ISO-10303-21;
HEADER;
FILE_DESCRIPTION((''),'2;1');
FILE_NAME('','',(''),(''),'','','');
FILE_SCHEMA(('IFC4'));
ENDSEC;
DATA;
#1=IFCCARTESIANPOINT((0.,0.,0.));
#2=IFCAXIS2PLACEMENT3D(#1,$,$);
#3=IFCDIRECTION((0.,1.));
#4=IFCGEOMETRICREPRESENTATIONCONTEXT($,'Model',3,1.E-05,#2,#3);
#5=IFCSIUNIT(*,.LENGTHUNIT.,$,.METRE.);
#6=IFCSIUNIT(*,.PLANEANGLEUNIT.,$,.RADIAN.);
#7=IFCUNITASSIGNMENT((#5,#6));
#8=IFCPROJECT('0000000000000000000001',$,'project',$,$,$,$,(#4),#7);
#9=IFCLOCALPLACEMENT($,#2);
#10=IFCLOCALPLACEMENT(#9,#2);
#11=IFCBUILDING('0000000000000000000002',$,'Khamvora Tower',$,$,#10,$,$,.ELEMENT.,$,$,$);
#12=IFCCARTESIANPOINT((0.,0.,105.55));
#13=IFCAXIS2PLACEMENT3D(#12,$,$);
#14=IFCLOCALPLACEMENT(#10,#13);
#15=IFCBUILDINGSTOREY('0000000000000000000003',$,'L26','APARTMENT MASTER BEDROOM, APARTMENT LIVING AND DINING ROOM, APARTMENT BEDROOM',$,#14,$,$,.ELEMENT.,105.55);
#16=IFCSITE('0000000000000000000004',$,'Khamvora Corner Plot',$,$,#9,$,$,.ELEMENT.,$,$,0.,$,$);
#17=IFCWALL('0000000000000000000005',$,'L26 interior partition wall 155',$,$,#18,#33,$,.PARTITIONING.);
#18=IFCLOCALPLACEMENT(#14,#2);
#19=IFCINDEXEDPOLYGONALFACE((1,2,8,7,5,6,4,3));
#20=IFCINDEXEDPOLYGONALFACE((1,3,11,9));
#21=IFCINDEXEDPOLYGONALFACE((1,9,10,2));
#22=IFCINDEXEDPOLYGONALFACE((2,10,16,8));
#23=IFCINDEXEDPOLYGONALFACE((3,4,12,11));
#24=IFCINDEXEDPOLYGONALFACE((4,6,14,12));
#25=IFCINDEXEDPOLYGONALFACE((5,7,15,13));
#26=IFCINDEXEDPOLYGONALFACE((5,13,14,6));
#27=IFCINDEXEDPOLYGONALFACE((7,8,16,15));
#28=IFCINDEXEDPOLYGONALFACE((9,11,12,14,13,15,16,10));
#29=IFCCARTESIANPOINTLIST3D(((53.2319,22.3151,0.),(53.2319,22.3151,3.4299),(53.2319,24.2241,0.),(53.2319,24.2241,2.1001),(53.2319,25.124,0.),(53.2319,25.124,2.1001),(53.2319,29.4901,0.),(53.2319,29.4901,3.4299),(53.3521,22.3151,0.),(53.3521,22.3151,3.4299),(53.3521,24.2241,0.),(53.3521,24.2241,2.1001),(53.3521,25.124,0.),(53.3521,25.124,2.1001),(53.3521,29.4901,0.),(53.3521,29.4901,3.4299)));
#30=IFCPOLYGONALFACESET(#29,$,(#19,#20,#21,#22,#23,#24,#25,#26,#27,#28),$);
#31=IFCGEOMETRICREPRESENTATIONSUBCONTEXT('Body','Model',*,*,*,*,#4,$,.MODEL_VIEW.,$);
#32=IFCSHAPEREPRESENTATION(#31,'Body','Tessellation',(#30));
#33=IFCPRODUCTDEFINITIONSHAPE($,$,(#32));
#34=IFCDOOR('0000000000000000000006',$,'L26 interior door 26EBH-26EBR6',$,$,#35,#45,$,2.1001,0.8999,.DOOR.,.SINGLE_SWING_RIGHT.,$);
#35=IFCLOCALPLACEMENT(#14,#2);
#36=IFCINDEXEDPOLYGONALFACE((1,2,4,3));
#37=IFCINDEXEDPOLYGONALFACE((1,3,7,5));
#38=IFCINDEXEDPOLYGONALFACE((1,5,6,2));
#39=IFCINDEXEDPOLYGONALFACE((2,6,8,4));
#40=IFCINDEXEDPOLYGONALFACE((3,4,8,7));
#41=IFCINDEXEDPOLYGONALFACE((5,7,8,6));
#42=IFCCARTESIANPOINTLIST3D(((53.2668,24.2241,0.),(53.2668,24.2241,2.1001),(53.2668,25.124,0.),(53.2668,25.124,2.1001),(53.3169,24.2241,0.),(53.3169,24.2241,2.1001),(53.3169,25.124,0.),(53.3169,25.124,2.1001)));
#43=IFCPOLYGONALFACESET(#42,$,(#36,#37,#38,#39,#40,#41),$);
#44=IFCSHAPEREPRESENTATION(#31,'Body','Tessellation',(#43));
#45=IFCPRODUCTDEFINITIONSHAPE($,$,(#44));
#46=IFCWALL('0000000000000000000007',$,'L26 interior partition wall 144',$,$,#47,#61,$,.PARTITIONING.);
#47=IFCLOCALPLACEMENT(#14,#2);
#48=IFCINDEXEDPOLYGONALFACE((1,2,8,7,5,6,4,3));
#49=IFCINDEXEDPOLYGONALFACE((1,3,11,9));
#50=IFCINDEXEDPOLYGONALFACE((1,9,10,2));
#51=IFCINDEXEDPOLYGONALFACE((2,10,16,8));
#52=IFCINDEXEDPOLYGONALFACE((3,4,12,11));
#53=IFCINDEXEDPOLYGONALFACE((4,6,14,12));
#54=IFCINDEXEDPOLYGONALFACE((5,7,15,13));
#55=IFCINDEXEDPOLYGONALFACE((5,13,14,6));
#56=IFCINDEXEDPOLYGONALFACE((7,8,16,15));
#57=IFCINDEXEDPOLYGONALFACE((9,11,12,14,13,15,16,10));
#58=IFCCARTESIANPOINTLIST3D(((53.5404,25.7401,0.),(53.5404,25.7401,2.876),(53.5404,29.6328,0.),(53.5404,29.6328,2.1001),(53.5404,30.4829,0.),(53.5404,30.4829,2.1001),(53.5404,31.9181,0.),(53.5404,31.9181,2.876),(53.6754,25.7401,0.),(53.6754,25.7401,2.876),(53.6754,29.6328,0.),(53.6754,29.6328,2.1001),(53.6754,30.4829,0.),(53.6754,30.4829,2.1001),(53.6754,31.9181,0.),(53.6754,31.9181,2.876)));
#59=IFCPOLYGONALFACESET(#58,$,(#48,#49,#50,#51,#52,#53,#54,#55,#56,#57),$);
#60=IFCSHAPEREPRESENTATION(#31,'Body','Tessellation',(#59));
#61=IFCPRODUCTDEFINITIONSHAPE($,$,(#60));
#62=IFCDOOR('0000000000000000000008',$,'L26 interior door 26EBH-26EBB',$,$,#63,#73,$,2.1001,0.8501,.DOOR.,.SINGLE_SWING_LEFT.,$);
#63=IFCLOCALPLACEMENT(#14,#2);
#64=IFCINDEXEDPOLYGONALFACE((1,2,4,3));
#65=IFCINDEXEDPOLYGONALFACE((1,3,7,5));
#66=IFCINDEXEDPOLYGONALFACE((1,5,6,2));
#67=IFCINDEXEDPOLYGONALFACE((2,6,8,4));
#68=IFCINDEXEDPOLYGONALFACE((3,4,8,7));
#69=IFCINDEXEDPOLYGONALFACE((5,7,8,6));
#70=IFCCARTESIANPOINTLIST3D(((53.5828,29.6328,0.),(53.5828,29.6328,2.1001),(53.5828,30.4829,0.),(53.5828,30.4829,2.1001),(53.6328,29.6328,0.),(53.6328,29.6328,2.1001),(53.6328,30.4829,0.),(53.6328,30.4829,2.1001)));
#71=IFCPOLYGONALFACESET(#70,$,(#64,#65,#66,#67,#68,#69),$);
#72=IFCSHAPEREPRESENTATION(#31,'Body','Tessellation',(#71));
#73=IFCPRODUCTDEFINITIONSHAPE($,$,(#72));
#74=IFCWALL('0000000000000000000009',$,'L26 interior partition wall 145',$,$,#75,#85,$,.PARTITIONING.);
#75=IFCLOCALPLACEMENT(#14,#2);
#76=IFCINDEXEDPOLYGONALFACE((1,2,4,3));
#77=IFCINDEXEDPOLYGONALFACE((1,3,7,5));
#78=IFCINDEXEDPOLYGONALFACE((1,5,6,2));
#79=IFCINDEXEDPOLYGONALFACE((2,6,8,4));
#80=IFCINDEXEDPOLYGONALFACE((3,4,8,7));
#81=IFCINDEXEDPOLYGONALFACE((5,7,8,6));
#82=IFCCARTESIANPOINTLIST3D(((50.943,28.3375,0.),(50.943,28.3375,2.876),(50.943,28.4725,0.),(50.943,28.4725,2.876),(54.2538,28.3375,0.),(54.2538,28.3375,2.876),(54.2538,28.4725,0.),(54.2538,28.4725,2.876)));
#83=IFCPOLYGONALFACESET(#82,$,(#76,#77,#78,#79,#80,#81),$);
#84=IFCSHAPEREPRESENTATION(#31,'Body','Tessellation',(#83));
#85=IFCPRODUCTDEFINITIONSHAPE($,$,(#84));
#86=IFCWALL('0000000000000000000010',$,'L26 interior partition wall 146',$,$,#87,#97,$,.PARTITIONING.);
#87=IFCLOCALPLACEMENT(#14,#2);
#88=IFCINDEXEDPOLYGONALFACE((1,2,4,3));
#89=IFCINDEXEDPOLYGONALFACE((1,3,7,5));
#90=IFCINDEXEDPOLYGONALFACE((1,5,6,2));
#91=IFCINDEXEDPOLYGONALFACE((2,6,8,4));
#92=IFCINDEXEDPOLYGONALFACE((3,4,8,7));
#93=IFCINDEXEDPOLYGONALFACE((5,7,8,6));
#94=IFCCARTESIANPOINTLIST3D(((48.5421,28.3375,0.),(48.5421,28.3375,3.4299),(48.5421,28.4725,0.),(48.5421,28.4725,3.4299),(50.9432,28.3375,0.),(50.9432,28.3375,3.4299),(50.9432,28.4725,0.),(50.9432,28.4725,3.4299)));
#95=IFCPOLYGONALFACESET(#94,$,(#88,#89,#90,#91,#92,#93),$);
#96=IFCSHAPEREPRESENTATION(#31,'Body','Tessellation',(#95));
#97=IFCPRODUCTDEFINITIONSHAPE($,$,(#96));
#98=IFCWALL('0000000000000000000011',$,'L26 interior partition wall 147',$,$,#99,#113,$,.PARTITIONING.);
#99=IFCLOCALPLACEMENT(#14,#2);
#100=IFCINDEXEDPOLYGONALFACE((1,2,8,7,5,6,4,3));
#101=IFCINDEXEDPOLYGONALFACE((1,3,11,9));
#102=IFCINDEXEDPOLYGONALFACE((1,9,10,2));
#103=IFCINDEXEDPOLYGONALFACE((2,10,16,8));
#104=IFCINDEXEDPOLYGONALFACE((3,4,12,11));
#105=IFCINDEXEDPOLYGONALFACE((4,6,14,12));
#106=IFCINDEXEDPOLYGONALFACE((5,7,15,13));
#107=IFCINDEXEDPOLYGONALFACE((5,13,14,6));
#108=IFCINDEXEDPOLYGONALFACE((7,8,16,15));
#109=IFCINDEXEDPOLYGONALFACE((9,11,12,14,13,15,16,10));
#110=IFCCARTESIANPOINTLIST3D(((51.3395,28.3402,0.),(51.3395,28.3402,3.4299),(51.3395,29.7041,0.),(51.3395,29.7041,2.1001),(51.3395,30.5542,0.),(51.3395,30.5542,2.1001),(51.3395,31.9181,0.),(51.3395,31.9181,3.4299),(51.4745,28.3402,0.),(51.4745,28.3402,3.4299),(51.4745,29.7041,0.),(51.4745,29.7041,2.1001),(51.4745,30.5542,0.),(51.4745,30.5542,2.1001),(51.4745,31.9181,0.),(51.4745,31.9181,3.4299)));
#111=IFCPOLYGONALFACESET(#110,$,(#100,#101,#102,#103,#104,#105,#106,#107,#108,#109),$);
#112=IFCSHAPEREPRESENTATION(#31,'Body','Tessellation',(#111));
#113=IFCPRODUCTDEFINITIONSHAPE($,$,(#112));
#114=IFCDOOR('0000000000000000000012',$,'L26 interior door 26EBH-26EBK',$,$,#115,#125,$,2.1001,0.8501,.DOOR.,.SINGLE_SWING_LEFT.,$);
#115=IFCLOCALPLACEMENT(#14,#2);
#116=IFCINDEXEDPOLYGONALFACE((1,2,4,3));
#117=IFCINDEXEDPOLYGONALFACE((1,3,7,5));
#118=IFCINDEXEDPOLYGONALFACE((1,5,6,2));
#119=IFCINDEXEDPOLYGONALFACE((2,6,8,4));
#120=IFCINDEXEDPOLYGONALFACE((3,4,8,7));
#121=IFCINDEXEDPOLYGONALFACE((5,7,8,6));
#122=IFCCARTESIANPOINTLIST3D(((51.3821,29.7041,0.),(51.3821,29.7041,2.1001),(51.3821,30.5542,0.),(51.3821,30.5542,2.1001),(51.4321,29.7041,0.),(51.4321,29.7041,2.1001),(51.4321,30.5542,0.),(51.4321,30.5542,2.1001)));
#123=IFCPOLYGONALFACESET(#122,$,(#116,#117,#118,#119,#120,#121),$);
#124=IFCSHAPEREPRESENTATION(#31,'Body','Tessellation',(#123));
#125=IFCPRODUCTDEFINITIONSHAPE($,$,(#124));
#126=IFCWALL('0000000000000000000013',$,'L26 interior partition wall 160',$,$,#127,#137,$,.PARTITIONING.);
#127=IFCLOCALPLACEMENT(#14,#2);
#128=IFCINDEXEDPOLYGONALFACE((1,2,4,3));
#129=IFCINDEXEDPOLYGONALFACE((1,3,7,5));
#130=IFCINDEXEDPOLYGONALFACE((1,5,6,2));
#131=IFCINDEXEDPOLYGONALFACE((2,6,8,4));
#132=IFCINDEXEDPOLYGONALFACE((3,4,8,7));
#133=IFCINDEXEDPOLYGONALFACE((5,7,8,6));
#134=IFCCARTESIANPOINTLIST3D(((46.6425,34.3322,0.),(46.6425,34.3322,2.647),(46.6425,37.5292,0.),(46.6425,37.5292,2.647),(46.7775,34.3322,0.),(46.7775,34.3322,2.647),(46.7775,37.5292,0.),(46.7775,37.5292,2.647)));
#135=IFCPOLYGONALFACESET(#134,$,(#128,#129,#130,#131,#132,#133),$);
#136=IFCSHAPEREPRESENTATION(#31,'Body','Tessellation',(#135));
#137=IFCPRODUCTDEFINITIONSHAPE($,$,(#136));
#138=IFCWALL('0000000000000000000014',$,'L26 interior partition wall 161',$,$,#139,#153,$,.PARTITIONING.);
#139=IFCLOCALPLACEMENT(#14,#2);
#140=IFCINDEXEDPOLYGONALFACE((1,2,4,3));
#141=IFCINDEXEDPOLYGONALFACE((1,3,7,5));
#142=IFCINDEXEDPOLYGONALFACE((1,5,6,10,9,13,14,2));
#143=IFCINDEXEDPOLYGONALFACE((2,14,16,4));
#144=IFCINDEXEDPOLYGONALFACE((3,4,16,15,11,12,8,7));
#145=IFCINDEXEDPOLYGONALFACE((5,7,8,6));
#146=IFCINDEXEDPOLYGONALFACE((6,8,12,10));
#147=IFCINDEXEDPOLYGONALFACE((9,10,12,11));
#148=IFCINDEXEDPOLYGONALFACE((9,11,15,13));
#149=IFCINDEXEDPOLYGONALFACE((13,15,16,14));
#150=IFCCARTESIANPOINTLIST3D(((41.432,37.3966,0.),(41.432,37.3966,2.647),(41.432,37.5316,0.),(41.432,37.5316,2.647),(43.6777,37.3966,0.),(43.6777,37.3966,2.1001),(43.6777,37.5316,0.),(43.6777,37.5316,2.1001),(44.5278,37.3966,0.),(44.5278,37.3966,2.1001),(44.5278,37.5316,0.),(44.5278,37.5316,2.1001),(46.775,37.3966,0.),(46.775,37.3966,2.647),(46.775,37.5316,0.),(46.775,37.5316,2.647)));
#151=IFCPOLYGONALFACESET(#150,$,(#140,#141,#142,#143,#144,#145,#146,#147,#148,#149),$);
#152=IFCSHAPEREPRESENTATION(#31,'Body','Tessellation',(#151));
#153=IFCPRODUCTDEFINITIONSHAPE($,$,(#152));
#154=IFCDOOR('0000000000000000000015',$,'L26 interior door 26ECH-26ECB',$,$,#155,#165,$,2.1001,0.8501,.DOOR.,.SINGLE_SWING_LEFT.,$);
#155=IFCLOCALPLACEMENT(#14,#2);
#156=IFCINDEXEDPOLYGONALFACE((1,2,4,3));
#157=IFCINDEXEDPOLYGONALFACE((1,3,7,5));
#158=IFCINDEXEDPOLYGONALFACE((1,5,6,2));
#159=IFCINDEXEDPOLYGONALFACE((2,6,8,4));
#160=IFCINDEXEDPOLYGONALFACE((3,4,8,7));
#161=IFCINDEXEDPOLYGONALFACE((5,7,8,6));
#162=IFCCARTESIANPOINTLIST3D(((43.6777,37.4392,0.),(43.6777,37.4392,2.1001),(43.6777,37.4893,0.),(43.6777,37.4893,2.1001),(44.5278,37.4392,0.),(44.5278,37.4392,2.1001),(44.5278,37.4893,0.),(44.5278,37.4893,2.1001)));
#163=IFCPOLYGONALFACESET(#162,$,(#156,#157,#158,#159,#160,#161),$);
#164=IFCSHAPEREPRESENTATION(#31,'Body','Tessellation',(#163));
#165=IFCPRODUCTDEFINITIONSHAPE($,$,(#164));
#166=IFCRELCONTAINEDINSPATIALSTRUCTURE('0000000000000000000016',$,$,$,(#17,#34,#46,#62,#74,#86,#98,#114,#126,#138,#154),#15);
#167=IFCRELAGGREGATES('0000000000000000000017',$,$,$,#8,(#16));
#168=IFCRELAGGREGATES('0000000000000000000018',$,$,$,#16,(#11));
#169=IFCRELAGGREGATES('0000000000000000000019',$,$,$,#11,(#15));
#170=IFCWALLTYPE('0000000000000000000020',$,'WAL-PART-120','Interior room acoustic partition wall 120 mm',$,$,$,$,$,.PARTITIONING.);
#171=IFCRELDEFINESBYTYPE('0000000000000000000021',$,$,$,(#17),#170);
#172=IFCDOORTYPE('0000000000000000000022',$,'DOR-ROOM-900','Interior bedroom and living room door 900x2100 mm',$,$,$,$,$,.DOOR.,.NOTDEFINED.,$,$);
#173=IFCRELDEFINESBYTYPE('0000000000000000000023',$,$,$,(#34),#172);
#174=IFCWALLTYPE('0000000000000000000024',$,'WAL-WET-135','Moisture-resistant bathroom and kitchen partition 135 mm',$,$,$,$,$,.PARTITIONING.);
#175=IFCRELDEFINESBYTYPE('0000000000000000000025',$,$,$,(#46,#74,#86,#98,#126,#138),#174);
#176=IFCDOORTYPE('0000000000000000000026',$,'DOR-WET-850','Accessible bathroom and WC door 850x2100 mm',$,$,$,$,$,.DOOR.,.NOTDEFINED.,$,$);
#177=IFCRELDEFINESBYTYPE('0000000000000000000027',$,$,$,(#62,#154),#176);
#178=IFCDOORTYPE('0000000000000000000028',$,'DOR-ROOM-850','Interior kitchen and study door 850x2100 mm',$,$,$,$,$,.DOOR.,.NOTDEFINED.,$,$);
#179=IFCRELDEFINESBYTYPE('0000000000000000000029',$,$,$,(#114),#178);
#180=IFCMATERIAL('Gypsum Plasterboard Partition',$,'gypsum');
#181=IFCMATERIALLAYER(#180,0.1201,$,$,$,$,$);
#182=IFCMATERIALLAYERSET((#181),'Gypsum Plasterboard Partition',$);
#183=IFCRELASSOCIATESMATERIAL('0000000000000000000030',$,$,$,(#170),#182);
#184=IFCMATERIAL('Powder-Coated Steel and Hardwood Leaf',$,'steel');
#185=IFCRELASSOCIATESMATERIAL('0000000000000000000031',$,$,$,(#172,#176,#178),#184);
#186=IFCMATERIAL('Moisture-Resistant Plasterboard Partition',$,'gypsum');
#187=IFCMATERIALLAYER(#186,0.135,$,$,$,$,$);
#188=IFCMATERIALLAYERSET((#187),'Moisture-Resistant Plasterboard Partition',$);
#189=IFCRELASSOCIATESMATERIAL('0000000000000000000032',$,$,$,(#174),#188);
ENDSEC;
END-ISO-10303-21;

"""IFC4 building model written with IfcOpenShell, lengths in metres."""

from ifc_helpers import new_model, si_unit, direction, frame, frame_2d, origin, place, context, subcontext, project, spatial, rectangle, extrude, material, layer, layer_set, type_object, element, fill, save


model = new_model("IFC4")

# Units and contexts
model_context = context("Model", 3, precision=1e-05, world=origin(), true_north=direction((0.0, 1.0)))
body_context = subcontext(model_context, "Body", "Model", "MODEL_VIEW")
ifc_project = project(units=[si_unit("LENGTHUNIT", "METRE"), si_unit("PLANEANGLEUNIT", "RADIAN")], contexts=[model_context])

# Site, building, storey
site_placement = place(None, origin())
site = spatial("IfcSite", under=ifc_project, at=site_placement, Name="Khamvora Corner Plot", CompositionType="ELEMENT", RefElevation=0.0)
building_placement = place(site_placement, origin())
building = spatial("IfcBuilding", under=site, at=building_placement, Name="Khamvora Tower", CompositionType="ELEMENT")
storey_placement = place(building_placement, frame((0.0, 0.0, 105.55)))
storey = spatial("IfcBuildingStorey", under=building, at=storey_placement, Name="L26", Description="APARTMENT MASTER BEDROOM, APARTMENT LIVING AND DINING ROOM, APARTMENT BEDROOM", CompositionType="ELEMENT", Elevation=105.55)

# Shared definitions
ifc_material_1 = material(Name="Powder-Coated Steel and Hardwood Leaf", Category="steel")

# Walls, openings, doors
ifc_material_2 = material(Name="Gypsum Plasterboard Partition", Category="gypsum")
ifc_layer_1 = layer(ifc_material_2, 0.1201)
ifc_layer_set_1 = layer_set([ifc_layer_1], Name="Gypsum Plasterboard Partition")
wall_type_1 = type_object("IfcWallType", Name="WAL-PART-120", Description="Interior room acoustic partition wall 120 mm", PredefinedType="PARTITIONING", material=ifc_layer_set_1)
wall_1_placement = place(storey_placement, frame((53.292, 29.49, 0.0), z_axis=(0.0, 0.0, 1.0), x_axis=(0.0, -1.0, 0.0)))
wall_1 = element("IfcWall", 1, at=wall_1_placement, inside=storey, type_object=wall_type_1, Name="L26 interior partition wall 155", PredefinedType="PARTITIONING", context=body_context, shape_type="SweptSolid", body=[
    extrude(rectangle(XDim=7.175, YDim=0.1201, at=frame_2d((3.5874, 0.0))), origin(), (0.0, 0.0, 1.0), 3.4299),
])
opening_1_placement = place(wall_1_placement, frame((4.366, 0.0, 0.0)))
opening_1 = element("IfcOpeningElement", 2, at=opening_1_placement, cuts=wall_1, PredefinedType="OPENING", context=body_context, shape_type="SweptSolid", body=[
    extrude(rectangle(XDim=0.8999, YDim=2.1001, at=frame_2d((0.45, 1.05))), frame((0.0, 0.0701, 0.0), z_axis=(0.0, -1.0, 0.0), x_axis=(1.0, 0.0, 0.0)), (0.0, 0.0, 1.0), 0.1401),
])
door_type_1 = type_object("IfcDoorType", Name="DOR-ROOM-900", Description="Interior bedroom and living room door 900x2100 mm", OperationType="NOTDEFINED", PredefinedType="DOOR", material=ifc_material_1)
door_1_placement = place(opening_1_placement, origin())
door_1 = element("IfcDoor", 3, at=door_1_placement, inside=storey, type_object=door_type_1, Name="L26 interior door 26EBH-26EBR6", OperationType="SINGLE_SWING_RIGHT", OverallHeight=2.1001, OverallWidth=0.8999, PredefinedType="DOOR", context=body_context, shape_type="SweptSolid", body=[
    extrude(rectangle(XDim=0.8999, YDim=2.1001, at=frame_2d((0.45, 1.05))), frame((0.0, 0.0249, 0.0), z_axis=(0.0, -1.0, 0.0), x_axis=(1.0, 0.0, 0.0)), (0.0, 0.0, 1.0), 0.05),
])
fill(opening_1, door_1)
ifc_material_3 = material(Name="Moisture-Resistant Plasterboard Partition", Category="gypsum")
ifc_layer_2 = layer(ifc_material_3, 0.135)
ifc_layer_set_2 = layer_set([ifc_layer_2], Name="Moisture-Resistant Plasterboard Partition")
wall_type_2 = type_object("IfcWallType", Name="WAL-WET-135", Description="Moisture-resistant bathroom and kitchen partition 135 mm", PredefinedType="PARTITIONING", material=ifc_layer_set_2)
wall_2_placement = place(storey_placement, frame((53.6079, 31.918, 0.0), z_axis=(0.0, 0.0, 1.0), x_axis=(0.0, -1.0, 0.0)))
wall_2 = element("IfcWall", 4, at=wall_2_placement, inside=storey, type_object=wall_type_2, Name="L26 interior partition wall 144", PredefinedType="PARTITIONING", context=body_context, shape_type="SweptSolid", body=[
    extrude(rectangle(XDim=6.178, YDim=0.135, at=frame_2d((3.0889, 0.0))), origin(), (0.0, 0.0, 1.0), 2.876),
])
opening_2_placement = place(wall_2_placement, frame((1.4351, 0.0, 0.0)))
opening_2 = element("IfcOpeningElement", 5, at=opening_2_placement, cuts=wall_2, PredefinedType="OPENING", context=body_context, shape_type="SweptSolid", body=[
    extrude(rectangle(XDim=0.8501, YDim=2.1001, at=frame_2d((0.425, 1.05))), frame((0.0, 0.0774, 0.0), z_axis=(0.0, -1.0, 0.0), x_axis=(1.0, 0.0, 0.0)), (0.0, 0.0, 1.0), 0.155),
])
door_type_2 = type_object("IfcDoorType", Name="DOR-WET-850", Description="Accessible bathroom and WC door 850x2100 mm", OperationType="NOTDEFINED", PredefinedType="DOOR", material=ifc_material_1)
door_2_placement = place(opening_2_placement, origin())
door_2 = element("IfcDoor", 6, at=door_2_placement, inside=storey, type_object=door_type_2, Name="L26 interior door 26EBH-26EBB", OperationType="SINGLE_SWING_LEFT", OverallHeight=2.1001, OverallWidth=0.8501, PredefinedType="DOOR", context=body_context, shape_type="SweptSolid", body=[
    extrude(rectangle(XDim=0.8501, YDim=2.1001, at=frame_2d((0.425, 1.05))), frame((0.0, 0.0249, 0.0), z_axis=(0.0, -1.0, 0.0), x_axis=(1.0, 0.0, 0.0)), (0.0, 0.0, 1.0), 0.05),
])
fill(opening_2, door_2)

# Walls
wall_3_placement = place(storey_placement, frame((50.9431, 28.405, 0.0), z_axis=(0.0, 0.0, 1.0), x_axis=(1.0, 0.0, 0.0)))
element("IfcWall", 7, at=wall_3_placement, inside=storey, type_object=wall_type_2, Name="L26 interior partition wall 145", PredefinedType="PARTITIONING", context=body_context, shape_type="SweptSolid", body=[
    extrude(rectangle(XDim=3.3108, YDim=0.135, at=frame_2d((1.6553, 0.0))), origin(), (0.0, 0.0, 1.0), 2.876),
])
wall_4_placement = place(storey_placement, frame((48.542, 28.405, 0.0), z_axis=(0.0, 0.0, 1.0), x_axis=(1.0, 0.0, 0.0)))
element("IfcWall", 8, at=wall_4_placement, inside=storey, type_object=wall_type_2, Name="L26 interior partition wall 146", PredefinedType="PARTITIONING", context=body_context, shape_type="SweptSolid", body=[
    extrude(rectangle(XDim=2.4011, YDim=0.135, at=frame_2d((1.2007, 0.0))), origin(), (0.0, 0.0, 1.0), 3.4299),
])

# Wall, opening, door
wall_5_placement = place(storey_placement, frame((51.407, 28.3401, 0.0), z_axis=(0.0, 0.0, 1.0), x_axis=(0.0, 1.0, 0.0)))
wall_5 = element("IfcWall", 9, at=wall_5_placement, inside=storey, type_object=wall_type_2, Name="L26 interior partition wall 147", PredefinedType="PARTITIONING", context=body_context, shape_type="SweptSolid", body=[
    extrude(rectangle(XDim=3.5779, YDim=0.135, at=frame_2d((1.7891, 0.0))), origin(), (0.0, 0.0, 1.0), 3.4299),
])
opening_3_placement = place(wall_5_placement, frame((1.364, 0.0, 0.0)))
opening_3 = element("IfcOpeningElement", 10, at=opening_3_placement, cuts=wall_5, PredefinedType="OPENING", context=body_context, shape_type="SweptSolid", body=[
    extrude(rectangle(XDim=0.8501, YDim=2.1001, at=frame_2d((0.425, 1.05))), frame((0.0, 0.0774, 0.0), z_axis=(0.0, -1.0, 0.0), x_axis=(1.0, 0.0, 0.0)), (0.0, 0.0, 1.0), 0.155),
])
door_type_3 = type_object("IfcDoorType", Name="DOR-ROOM-850", Description="Interior kitchen and study door 850x2100 mm", OperationType="NOTDEFINED", PredefinedType="DOOR", material=ifc_material_1)
door_3_placement = place(opening_3_placement, origin())
door_3 = element("IfcDoor", 11, at=door_3_placement, inside=storey, type_object=door_type_3, Name="L26 interior door 26EBH-26EBK", OperationType="SINGLE_SWING_LEFT", OverallHeight=2.1001, OverallWidth=0.8501, PredefinedType="DOOR", context=body_context, shape_type="SweptSolid", body=[
    extrude(rectangle(XDim=0.8501, YDim=2.1001, at=frame_2d((0.425, 1.05))), frame((0.0, 0.0249, 0.0), z_axis=(0.0, -1.0, 0.0), x_axis=(1.0, 0.0, 0.0)), (0.0, 0.0, 1.0), 0.05),
])
fill(opening_3, door_3)

# Wall
wall_6_placement = place(storey_placement, frame((46.71, 34.332, 0.0), z_axis=(0.0, 0.0, 1.0), x_axis=(0.0, 1.0, 0.0)))
element("IfcWall", 12, at=wall_6_placement, inside=storey, type_object=wall_type_2, Name="L26 interior partition wall 160", PredefinedType="PARTITIONING", context=body_context, shape_type="SweptSolid", body=[
    extrude(rectangle(XDim=3.197, YDim=0.135, at=frame_2d((1.5986, 0.0))), origin(), (0.0, 0.0, 1.0), 2.647),
])

# Wall, opening, door
wall_7_placement = place(storey_placement, frame((46.7749, 37.4641, 0.0), z_axis=(0.0, 0.0, 1.0), x_axis=(-1.0, 0.0, 0.0)))
wall_7 = element("IfcWall", 13, at=wall_7_placement, inside=storey, type_object=wall_type_2, Name="L26 interior partition wall 161", PredefinedType="PARTITIONING", context=body_context, shape_type="SweptSolid", body=[
    extrude(rectangle(XDim=5.343, YDim=0.135, at=frame_2d((2.6714, 0.0))), origin(), (0.0, 0.0, 1.0), 2.647),
])
opening_4_placement = place(wall_7_placement, frame((2.2471, 0.0, 0.0)))
opening_4 = element("IfcOpeningElement", 14, at=opening_4_placement, cuts=wall_7, PredefinedType="OPENING", context=body_context, shape_type="SweptSolid", body=[
    extrude(rectangle(XDim=0.8501, YDim=2.1001, at=frame_2d((0.425, 1.05))), frame((0.0, 0.0774, 0.0), z_axis=(0.0, -1.0, 0.0), x_axis=(1.0, 0.0, 0.0)), (0.0, 0.0, 1.0), 0.155),
])
door_4_placement = place(opening_4_placement, origin())
door_4 = element("IfcDoor", 15, at=door_4_placement, inside=storey, type_object=door_type_2, Name="L26 interior door 26ECH-26ECB", OperationType="SINGLE_SWING_LEFT", OverallHeight=2.1001, OverallWidth=0.8501, PredefinedType="DOOR", context=body_context, shape_type="SweptSolid", body=[
    extrude(rectangle(XDim=0.8501, YDim=2.1001, at=frame_2d((0.425, 1.05))), frame((0.0, 0.0249, 0.0), z_axis=(0.0, -1.0, 0.0), x_axis=(1.0, 0.0, 0.0)), (0.0, 0.0, 1.0), 0.05),
])
fill(opening_4, door_4)

save(model, "model.ifc")
